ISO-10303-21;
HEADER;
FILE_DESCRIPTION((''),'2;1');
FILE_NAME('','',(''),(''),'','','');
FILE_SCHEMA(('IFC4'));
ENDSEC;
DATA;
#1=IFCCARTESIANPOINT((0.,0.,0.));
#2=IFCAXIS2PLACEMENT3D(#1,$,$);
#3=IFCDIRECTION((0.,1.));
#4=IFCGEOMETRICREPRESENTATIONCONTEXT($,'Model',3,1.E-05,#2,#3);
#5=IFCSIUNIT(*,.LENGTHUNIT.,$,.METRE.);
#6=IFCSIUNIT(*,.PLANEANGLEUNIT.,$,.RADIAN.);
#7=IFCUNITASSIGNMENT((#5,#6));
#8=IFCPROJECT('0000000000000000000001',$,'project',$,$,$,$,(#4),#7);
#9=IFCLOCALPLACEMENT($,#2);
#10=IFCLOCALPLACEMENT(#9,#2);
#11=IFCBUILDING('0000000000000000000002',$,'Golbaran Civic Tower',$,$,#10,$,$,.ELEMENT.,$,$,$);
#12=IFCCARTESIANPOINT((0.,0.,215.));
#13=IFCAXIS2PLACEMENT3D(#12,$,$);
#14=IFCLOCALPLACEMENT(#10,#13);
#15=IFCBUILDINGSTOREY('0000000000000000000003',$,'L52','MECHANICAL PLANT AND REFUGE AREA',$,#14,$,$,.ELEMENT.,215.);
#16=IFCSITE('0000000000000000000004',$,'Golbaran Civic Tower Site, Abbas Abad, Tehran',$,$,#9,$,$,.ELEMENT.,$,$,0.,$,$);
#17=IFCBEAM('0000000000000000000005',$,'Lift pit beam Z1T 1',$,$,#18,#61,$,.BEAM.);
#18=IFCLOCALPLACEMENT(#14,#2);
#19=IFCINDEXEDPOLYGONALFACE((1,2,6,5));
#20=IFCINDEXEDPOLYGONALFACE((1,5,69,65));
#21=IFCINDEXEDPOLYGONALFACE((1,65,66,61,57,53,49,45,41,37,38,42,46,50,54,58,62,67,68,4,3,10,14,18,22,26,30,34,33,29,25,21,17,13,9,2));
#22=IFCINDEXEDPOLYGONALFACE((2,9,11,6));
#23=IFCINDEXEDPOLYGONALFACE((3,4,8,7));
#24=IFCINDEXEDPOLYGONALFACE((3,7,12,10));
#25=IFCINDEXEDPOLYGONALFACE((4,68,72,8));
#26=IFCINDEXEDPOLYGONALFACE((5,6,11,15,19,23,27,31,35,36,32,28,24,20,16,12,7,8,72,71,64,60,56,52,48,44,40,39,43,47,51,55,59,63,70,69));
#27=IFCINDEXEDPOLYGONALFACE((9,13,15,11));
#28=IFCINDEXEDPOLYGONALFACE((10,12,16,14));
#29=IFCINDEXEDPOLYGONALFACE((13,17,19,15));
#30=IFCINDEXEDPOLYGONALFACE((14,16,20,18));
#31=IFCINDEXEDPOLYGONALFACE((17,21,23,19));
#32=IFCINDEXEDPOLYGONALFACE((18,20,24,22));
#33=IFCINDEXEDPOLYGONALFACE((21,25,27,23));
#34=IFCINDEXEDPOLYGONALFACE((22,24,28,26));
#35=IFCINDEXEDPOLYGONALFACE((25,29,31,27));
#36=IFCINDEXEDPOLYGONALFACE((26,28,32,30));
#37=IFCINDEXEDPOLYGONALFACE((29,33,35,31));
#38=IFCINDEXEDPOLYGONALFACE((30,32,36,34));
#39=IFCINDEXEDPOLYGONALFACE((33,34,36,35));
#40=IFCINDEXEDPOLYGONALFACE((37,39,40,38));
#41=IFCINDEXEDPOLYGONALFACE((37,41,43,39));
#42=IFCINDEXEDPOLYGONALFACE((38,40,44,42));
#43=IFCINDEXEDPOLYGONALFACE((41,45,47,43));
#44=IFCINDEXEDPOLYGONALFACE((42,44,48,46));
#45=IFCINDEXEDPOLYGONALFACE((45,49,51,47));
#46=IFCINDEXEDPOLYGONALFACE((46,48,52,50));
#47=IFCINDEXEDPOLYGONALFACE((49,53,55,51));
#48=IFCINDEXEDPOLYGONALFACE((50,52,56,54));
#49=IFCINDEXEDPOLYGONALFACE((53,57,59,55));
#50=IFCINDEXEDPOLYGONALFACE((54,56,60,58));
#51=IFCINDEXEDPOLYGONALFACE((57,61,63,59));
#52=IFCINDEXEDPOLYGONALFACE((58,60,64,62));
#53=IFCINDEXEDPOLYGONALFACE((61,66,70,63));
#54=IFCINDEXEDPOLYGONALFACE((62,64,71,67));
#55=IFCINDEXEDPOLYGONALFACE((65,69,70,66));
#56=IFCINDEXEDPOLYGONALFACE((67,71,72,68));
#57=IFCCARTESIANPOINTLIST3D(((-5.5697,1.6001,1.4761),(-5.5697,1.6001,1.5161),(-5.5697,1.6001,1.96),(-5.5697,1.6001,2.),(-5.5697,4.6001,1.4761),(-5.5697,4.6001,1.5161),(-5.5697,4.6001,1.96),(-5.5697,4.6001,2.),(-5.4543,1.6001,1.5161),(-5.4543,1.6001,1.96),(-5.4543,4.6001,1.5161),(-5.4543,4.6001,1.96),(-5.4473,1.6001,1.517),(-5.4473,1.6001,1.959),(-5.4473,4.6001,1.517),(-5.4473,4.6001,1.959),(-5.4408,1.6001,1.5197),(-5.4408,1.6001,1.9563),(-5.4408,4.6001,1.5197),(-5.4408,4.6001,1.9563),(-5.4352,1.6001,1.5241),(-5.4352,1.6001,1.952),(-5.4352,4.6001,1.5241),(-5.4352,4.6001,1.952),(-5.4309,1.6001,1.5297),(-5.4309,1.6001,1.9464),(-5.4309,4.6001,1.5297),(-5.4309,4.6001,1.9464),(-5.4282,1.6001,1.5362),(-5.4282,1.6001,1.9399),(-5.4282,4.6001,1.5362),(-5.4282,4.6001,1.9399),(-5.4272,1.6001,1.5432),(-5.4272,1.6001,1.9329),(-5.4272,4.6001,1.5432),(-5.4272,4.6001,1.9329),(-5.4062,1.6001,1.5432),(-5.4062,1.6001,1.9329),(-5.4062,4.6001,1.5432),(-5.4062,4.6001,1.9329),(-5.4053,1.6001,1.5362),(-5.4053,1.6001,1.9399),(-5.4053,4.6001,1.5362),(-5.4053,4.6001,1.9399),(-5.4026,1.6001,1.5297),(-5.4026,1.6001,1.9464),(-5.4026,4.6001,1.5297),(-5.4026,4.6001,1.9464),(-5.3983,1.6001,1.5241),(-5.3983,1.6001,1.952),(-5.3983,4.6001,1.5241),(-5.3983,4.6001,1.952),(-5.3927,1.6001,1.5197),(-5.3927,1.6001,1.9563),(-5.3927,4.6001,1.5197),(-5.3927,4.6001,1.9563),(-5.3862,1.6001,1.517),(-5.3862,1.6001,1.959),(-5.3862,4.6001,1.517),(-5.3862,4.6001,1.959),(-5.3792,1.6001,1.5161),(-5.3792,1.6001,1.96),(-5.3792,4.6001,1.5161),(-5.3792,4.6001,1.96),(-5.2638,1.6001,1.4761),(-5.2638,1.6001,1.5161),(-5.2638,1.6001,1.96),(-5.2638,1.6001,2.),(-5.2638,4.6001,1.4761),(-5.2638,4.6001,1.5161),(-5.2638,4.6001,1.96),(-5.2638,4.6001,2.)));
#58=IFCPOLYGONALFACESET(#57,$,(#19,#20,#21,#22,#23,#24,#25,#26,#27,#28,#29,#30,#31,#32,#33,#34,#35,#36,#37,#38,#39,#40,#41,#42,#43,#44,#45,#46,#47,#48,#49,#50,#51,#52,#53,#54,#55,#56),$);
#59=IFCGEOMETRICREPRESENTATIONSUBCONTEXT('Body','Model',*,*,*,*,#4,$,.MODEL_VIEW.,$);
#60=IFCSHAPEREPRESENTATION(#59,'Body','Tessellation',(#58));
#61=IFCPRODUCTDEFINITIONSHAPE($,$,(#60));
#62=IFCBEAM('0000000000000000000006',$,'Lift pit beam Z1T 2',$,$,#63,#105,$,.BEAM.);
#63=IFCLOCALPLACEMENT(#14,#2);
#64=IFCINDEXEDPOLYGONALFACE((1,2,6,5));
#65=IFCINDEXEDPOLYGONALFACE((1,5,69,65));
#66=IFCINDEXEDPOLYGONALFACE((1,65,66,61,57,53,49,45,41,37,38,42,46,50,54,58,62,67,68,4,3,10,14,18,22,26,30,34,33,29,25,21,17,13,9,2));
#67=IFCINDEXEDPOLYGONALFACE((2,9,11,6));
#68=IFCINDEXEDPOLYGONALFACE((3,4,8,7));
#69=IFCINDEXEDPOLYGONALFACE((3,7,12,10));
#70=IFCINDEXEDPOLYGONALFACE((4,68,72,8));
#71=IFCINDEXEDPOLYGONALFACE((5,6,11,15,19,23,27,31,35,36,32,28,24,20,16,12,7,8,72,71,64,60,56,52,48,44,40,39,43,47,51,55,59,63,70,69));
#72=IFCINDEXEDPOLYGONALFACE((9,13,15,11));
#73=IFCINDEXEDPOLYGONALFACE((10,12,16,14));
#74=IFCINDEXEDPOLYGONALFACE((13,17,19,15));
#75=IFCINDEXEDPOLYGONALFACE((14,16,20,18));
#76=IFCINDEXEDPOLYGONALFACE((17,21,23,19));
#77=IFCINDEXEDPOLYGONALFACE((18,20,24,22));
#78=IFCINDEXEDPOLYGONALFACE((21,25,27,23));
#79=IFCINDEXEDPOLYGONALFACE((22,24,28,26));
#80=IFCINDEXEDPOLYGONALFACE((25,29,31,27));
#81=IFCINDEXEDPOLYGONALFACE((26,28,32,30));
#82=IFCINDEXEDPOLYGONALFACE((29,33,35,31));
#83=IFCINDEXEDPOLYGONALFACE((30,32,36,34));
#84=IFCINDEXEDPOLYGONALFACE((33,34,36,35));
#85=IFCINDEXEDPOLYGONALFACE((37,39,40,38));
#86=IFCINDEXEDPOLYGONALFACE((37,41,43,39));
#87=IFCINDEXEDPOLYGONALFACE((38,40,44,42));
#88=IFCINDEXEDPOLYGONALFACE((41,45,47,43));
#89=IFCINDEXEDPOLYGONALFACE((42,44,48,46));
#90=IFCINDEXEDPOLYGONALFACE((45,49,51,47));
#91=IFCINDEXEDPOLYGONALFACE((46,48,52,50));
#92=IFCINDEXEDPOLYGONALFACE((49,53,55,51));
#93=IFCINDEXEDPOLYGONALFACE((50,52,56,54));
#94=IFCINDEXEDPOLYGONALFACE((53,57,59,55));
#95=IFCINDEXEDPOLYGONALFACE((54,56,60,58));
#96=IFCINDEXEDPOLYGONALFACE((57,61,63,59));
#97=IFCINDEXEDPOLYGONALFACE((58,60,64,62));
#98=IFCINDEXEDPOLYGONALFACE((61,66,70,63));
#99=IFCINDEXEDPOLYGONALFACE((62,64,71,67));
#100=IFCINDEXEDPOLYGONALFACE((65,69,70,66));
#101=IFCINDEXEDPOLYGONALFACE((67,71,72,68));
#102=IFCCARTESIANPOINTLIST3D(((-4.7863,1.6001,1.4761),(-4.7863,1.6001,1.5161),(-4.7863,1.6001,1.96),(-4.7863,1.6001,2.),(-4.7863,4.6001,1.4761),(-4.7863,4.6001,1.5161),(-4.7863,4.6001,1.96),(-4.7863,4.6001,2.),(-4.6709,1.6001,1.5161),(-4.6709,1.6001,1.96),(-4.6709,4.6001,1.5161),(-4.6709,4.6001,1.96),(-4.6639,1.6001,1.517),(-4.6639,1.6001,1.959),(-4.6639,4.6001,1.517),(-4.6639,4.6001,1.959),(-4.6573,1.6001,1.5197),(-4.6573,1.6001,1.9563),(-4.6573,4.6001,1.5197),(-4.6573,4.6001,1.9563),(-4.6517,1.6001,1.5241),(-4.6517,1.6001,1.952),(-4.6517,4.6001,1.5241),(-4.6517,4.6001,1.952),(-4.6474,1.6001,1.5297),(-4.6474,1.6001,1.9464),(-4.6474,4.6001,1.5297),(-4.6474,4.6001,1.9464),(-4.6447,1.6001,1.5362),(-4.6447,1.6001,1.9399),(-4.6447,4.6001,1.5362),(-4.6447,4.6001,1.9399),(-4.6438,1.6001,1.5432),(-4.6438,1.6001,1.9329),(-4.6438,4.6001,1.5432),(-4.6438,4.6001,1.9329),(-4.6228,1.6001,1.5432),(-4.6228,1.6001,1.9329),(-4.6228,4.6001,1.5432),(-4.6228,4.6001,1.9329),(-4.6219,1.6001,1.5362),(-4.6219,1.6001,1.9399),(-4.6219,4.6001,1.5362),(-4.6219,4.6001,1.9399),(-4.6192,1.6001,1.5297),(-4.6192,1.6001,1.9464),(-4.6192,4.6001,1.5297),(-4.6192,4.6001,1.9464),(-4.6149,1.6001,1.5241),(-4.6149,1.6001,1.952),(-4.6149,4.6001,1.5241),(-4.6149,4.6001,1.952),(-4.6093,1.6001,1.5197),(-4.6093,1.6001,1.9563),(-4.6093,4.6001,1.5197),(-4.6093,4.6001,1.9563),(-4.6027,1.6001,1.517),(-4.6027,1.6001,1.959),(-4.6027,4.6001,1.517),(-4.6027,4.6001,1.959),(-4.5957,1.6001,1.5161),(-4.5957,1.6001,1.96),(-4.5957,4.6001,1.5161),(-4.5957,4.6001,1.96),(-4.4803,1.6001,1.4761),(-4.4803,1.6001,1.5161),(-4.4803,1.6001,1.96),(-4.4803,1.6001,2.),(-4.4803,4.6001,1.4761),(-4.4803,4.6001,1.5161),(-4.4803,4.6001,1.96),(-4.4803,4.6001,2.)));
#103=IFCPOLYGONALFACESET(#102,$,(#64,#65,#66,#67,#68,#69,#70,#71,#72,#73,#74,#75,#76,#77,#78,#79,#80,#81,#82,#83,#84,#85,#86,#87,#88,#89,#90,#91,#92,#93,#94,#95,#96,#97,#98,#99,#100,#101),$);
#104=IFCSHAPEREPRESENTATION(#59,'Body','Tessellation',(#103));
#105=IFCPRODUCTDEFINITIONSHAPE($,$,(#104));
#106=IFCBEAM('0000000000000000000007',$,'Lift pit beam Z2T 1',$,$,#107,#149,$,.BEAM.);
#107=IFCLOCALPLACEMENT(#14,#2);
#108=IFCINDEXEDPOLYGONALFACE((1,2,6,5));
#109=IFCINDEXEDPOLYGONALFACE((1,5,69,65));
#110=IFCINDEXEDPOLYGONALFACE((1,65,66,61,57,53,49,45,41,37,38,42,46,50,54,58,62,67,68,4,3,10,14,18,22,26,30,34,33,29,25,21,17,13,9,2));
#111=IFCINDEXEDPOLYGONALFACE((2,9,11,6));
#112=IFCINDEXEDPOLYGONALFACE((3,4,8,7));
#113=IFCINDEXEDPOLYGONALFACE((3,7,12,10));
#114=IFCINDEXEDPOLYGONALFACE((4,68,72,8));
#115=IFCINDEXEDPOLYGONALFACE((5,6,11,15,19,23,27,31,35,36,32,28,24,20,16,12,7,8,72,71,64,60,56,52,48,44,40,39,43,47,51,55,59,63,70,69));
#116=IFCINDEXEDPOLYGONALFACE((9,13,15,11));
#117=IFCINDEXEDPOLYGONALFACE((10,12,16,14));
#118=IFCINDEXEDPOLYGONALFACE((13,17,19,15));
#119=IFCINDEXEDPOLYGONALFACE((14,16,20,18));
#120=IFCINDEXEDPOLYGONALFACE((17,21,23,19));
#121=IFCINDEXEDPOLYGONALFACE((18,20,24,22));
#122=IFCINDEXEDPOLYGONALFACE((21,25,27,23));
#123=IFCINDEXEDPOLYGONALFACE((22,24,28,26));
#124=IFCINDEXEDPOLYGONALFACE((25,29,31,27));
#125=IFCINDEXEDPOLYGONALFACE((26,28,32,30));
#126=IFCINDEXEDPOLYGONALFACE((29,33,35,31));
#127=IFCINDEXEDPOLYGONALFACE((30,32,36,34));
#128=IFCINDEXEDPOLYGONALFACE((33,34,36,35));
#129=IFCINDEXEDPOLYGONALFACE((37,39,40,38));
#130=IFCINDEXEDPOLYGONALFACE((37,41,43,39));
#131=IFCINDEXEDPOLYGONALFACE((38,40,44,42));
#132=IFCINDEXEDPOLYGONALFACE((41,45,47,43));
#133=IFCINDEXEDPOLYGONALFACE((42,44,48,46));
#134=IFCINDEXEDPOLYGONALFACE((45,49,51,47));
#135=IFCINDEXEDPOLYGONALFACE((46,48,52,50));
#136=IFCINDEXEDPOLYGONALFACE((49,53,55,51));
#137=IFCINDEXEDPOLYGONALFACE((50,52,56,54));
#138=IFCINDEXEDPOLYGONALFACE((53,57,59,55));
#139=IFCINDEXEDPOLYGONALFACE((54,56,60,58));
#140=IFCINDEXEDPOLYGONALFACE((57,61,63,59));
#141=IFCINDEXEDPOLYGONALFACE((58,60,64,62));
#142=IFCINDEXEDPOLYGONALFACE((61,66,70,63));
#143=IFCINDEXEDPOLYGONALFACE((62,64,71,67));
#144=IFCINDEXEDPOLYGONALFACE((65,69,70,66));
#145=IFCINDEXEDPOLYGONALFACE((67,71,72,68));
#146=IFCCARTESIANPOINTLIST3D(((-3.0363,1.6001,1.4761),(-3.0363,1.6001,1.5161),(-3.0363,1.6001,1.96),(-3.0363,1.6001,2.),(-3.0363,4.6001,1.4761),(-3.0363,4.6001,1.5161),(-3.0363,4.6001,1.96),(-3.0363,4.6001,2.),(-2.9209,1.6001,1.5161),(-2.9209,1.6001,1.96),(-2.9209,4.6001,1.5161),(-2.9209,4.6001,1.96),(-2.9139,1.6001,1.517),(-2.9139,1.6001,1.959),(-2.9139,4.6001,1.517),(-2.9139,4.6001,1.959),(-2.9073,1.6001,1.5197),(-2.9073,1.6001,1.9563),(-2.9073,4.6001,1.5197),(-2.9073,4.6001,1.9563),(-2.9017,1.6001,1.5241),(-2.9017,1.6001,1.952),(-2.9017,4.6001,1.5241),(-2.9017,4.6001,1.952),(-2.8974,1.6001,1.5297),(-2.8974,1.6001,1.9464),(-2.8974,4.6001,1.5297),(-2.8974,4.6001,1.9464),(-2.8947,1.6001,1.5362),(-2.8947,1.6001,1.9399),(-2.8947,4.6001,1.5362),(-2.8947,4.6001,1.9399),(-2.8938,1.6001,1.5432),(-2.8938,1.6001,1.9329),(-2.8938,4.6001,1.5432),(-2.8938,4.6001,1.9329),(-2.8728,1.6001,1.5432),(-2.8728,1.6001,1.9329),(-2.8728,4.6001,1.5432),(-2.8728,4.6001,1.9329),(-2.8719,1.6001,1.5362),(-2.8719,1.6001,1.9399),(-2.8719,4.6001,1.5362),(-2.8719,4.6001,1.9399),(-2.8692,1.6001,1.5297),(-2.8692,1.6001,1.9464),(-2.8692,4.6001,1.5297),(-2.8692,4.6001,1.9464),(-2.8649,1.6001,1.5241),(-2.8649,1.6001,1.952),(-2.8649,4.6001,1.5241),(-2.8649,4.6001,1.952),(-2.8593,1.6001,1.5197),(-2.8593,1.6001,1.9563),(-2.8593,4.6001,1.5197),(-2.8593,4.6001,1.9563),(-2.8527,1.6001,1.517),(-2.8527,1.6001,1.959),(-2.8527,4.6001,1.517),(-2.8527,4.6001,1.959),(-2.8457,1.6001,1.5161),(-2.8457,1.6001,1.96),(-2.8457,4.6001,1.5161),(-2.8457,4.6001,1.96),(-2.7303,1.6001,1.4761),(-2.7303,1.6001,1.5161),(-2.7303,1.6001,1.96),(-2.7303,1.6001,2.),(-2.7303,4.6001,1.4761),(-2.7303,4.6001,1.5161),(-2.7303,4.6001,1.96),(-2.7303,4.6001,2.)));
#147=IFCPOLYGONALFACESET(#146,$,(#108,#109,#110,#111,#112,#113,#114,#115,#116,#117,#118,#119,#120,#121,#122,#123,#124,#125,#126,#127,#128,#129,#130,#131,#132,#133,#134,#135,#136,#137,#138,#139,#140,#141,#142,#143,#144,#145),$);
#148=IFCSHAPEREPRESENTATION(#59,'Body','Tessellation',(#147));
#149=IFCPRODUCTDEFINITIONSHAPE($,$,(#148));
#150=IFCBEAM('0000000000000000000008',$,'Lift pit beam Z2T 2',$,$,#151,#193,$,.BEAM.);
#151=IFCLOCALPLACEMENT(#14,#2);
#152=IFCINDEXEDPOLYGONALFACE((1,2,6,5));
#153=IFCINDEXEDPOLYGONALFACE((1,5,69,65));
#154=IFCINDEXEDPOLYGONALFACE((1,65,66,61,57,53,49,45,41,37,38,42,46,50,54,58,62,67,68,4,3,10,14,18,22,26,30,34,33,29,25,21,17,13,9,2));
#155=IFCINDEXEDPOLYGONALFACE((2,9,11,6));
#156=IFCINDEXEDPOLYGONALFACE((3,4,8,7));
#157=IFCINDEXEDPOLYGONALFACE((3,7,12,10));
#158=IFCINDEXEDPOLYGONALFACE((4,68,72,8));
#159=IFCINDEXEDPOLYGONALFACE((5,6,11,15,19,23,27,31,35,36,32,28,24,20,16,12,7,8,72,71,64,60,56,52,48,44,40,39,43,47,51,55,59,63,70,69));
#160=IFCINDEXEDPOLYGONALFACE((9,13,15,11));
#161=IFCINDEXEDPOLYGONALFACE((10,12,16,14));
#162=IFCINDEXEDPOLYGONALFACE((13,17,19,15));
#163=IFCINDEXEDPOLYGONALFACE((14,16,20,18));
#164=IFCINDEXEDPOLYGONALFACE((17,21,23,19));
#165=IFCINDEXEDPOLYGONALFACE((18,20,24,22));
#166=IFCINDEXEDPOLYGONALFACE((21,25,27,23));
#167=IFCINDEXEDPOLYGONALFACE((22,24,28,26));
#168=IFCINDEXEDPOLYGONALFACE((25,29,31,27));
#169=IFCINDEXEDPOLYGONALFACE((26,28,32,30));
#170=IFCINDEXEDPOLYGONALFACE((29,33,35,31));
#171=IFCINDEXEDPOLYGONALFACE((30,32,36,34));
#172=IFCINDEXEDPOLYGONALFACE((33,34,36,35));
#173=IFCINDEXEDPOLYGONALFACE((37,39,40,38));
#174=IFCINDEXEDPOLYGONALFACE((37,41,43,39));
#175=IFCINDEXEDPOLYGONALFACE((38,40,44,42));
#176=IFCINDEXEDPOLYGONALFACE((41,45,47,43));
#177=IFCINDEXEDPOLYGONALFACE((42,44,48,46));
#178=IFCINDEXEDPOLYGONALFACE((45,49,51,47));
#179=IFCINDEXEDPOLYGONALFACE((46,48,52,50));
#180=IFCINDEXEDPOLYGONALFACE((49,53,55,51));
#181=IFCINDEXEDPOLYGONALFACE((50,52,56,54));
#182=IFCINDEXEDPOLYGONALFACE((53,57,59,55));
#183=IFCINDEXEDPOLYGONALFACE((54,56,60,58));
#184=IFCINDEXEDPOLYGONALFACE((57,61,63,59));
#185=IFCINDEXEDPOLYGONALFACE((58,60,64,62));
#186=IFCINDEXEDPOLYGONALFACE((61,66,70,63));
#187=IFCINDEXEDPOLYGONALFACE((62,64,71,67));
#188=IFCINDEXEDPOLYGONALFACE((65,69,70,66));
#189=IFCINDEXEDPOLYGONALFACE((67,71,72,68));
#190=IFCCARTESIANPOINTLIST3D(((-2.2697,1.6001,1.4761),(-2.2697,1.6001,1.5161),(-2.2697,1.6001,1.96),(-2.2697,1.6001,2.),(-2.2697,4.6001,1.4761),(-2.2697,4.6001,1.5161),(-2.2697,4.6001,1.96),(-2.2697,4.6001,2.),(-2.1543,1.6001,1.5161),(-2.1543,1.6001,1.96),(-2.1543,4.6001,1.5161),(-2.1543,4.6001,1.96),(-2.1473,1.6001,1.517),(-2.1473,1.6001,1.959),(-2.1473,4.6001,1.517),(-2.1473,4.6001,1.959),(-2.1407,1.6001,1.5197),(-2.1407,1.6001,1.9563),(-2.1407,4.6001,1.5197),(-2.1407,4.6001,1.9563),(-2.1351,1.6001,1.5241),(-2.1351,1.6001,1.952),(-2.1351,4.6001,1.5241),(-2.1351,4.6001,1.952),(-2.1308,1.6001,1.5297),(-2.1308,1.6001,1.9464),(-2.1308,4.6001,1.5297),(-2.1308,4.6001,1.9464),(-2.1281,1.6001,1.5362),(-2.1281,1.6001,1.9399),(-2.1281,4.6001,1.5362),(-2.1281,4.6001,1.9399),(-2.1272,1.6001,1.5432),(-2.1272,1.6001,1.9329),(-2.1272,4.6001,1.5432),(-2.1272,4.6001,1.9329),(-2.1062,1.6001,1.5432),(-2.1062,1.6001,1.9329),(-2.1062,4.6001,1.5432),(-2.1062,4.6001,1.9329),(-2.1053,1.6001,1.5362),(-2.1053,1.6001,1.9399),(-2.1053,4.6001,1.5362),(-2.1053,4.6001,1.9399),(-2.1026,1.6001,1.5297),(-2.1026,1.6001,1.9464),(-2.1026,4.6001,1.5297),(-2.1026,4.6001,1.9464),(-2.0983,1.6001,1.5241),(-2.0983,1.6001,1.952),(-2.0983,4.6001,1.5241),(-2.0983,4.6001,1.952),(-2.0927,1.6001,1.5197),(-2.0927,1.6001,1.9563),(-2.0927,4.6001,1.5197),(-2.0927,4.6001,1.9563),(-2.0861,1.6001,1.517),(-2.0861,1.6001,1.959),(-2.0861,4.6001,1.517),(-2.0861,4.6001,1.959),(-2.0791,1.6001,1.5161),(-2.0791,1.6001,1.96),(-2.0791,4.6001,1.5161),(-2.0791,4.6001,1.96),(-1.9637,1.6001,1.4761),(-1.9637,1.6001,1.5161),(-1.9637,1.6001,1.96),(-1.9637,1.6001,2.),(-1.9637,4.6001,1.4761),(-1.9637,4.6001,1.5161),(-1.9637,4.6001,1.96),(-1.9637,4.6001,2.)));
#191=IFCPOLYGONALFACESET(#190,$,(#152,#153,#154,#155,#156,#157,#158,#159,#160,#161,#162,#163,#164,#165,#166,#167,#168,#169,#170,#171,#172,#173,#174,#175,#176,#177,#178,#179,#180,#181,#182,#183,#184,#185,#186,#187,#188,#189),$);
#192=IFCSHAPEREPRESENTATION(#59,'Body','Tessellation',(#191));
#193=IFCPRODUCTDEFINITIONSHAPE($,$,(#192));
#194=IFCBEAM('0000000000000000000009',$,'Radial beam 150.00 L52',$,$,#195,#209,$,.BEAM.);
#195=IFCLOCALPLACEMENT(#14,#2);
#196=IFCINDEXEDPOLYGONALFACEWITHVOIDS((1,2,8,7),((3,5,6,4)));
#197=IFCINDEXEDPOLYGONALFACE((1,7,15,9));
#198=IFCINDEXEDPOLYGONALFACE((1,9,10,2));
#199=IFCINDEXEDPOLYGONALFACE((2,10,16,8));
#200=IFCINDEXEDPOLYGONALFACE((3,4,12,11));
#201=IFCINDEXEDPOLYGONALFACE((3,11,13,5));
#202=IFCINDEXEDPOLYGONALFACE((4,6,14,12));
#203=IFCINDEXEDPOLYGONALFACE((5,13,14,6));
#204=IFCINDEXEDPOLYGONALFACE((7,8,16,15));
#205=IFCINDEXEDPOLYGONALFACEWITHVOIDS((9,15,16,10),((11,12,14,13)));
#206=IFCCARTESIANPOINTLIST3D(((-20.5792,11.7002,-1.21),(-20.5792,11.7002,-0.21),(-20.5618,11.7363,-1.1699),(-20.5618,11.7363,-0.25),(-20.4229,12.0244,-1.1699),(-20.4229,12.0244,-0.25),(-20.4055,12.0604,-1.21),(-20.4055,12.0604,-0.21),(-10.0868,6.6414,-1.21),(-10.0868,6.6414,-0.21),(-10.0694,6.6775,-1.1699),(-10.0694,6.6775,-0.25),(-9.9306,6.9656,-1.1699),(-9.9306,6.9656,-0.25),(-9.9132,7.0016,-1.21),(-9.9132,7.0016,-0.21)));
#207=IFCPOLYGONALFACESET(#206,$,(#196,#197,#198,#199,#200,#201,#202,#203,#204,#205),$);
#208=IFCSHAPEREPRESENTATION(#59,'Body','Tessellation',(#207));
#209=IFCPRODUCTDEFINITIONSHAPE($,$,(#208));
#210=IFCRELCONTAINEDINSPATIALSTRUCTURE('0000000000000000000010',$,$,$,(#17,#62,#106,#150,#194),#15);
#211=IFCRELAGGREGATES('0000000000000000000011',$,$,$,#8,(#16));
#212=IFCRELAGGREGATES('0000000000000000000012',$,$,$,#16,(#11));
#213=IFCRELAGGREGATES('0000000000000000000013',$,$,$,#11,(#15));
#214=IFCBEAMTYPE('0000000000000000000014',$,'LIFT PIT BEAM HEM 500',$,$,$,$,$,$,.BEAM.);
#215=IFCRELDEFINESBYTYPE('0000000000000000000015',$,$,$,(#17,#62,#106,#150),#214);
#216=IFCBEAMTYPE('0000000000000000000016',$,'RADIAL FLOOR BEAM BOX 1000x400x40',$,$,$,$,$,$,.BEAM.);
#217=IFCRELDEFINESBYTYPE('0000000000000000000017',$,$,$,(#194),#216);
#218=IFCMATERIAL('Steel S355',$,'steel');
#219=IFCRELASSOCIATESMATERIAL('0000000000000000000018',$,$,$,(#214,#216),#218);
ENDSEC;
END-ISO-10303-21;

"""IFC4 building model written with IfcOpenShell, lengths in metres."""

from ifc_helpers import new_model, si_unit, direction, frame, origin, origin_2d, place, context, subcontext, project, spatial, hollow_rectangle, i_section, extrude, material, material_profile, profile_set, type_object, element, save


model = new_model("IFC4")

# Units and contexts
model_context = context("Model", 3, precision=1e-05, world=origin(), true_north=direction((0.0, 1.0)))
body_context = subcontext(model_context, "Body", "Model", "MODEL_VIEW")
ifc_project = project(units=[si_unit("LENGTHUNIT", "METRE"), si_unit("PLANEANGLEUNIT", "RADIAN")], contexts=[model_context])

# Site, building, storey
site_placement = place(None, origin())
site = spatial("IfcSite", under=ifc_project, at=site_placement, Name="Golbaran Civic Tower Site, Abbas Abad, Tehran", CompositionType="ELEMENT", RefElevation=0.0)
building_placement = place(site_placement, origin())
building = spatial("IfcBuilding", under=site, at=building_placement, Name="Golbaran Civic Tower", CompositionType="ELEMENT")
storey_placement = place(building_placement, frame((0.0, 0.0, 215.0)))
storey = spatial("IfcBuildingStorey", under=building, at=storey_placement, Name="L52", Description="MECHANICAL PLANT AND REFUGE AREA", CompositionType="ELEMENT", Elevation=215.0)

# Beams
ifc_material_1 = material(Name="Steel S355", Category="steel")
ifc_material_profile_1 = material_profile(ifc_material_1, i_section(OverallWidth=0.3059, OverallDepth=0.5239, WebThickness=0.021, FlangeThickness=0.04, FilletRadius=0.0271, at=origin_2d()), Name="HEM 500")
ifc_profile_set_1 = profile_set([ifc_material_profile_1], Name="Steel S355")
beam_type_1 = type_object("IfcBeamType", Name="LIFT PIT BEAM HEM 500", PredefinedType="BEAM", material=ifc_profile_set_1)
for number, where, z_axis, x_axis, name in (
    (1, (-5.4167, 1.6001, 1.738), (0.0, 1.0, 0.0), (-1.0, 0.0, 0.0), "Lift pit beam Z1T 1"),
    (2, (-4.6333, 1.6001, 1.738), (0.0, 1.0, 0.0), (-1.0, 0.0, 0.0), "Lift pit beam Z1T 2"),
    (3, (-2.8833, 1.6001, 1.738), (0.0, 1.0, 0.0), (-1.0, 0.0, 0.0), "Lift pit beam Z2T 1"),
    (4, (-2.1167, 1.6001, 1.738), (0.0, 1.0, 0.0), (-1.0, 0.0, 0.0), "Lift pit beam Z2T 2"),
):
    element("IfcBeam", number, at=place(storey_placement, frame(where, z_axis=z_axis, x_axis=x_axis)), inside=storey, type_object=beam_type_1, Name=name, PredefinedType="BEAM", context=body_context, shape_type="SweptSolid", body=[
        extrude(i_section(OverallWidth=0.3059, OverallDepth=0.5239, WebThickness=0.021, FlangeThickness=0.04, FilletRadius=0.0271, at=origin_2d()), origin(), (0.0, 0.0, 1.0), 3.0),
    ])
ifc_material_profile_2 = material_profile(ifc_material_1, hollow_rectangle(XDim=0.3999, YDim=1.0, WallThickness=0.04, at=origin_2d()), Name="BOX 1000x400x40")
ifc_profile_set_2 = profile_set([ifc_material_profile_2], Name="Steel S355")
beam_type_2 = type_object("IfcBeamType", Name="RADIAL FLOOR BEAM BOX 1000x400x40", PredefinedType="BEAM", material=ifc_profile_set_2)
beam_1_placement = place(storey_placement, frame((-10.0, 6.8215, -0.71), z_axis=(-0.900769, 0.434298, 0.0), x_axis=(-0.434298, -0.900769, 0.0)))
element("IfcBeam", 5, at=beam_1_placement, inside=storey, type_object=beam_type_2, Name="Radial beam 150.00 L52", PredefinedType="BEAM", context=body_context, shape_type="SweptSolid", body=[
    extrude(hollow_rectangle(XDim=0.3999, YDim=1.0, WallThickness=0.04, at=origin_2d()), origin(), (0.0, 0.0, 1.0), 11.6482),
])

save(model, "model.ifc")
